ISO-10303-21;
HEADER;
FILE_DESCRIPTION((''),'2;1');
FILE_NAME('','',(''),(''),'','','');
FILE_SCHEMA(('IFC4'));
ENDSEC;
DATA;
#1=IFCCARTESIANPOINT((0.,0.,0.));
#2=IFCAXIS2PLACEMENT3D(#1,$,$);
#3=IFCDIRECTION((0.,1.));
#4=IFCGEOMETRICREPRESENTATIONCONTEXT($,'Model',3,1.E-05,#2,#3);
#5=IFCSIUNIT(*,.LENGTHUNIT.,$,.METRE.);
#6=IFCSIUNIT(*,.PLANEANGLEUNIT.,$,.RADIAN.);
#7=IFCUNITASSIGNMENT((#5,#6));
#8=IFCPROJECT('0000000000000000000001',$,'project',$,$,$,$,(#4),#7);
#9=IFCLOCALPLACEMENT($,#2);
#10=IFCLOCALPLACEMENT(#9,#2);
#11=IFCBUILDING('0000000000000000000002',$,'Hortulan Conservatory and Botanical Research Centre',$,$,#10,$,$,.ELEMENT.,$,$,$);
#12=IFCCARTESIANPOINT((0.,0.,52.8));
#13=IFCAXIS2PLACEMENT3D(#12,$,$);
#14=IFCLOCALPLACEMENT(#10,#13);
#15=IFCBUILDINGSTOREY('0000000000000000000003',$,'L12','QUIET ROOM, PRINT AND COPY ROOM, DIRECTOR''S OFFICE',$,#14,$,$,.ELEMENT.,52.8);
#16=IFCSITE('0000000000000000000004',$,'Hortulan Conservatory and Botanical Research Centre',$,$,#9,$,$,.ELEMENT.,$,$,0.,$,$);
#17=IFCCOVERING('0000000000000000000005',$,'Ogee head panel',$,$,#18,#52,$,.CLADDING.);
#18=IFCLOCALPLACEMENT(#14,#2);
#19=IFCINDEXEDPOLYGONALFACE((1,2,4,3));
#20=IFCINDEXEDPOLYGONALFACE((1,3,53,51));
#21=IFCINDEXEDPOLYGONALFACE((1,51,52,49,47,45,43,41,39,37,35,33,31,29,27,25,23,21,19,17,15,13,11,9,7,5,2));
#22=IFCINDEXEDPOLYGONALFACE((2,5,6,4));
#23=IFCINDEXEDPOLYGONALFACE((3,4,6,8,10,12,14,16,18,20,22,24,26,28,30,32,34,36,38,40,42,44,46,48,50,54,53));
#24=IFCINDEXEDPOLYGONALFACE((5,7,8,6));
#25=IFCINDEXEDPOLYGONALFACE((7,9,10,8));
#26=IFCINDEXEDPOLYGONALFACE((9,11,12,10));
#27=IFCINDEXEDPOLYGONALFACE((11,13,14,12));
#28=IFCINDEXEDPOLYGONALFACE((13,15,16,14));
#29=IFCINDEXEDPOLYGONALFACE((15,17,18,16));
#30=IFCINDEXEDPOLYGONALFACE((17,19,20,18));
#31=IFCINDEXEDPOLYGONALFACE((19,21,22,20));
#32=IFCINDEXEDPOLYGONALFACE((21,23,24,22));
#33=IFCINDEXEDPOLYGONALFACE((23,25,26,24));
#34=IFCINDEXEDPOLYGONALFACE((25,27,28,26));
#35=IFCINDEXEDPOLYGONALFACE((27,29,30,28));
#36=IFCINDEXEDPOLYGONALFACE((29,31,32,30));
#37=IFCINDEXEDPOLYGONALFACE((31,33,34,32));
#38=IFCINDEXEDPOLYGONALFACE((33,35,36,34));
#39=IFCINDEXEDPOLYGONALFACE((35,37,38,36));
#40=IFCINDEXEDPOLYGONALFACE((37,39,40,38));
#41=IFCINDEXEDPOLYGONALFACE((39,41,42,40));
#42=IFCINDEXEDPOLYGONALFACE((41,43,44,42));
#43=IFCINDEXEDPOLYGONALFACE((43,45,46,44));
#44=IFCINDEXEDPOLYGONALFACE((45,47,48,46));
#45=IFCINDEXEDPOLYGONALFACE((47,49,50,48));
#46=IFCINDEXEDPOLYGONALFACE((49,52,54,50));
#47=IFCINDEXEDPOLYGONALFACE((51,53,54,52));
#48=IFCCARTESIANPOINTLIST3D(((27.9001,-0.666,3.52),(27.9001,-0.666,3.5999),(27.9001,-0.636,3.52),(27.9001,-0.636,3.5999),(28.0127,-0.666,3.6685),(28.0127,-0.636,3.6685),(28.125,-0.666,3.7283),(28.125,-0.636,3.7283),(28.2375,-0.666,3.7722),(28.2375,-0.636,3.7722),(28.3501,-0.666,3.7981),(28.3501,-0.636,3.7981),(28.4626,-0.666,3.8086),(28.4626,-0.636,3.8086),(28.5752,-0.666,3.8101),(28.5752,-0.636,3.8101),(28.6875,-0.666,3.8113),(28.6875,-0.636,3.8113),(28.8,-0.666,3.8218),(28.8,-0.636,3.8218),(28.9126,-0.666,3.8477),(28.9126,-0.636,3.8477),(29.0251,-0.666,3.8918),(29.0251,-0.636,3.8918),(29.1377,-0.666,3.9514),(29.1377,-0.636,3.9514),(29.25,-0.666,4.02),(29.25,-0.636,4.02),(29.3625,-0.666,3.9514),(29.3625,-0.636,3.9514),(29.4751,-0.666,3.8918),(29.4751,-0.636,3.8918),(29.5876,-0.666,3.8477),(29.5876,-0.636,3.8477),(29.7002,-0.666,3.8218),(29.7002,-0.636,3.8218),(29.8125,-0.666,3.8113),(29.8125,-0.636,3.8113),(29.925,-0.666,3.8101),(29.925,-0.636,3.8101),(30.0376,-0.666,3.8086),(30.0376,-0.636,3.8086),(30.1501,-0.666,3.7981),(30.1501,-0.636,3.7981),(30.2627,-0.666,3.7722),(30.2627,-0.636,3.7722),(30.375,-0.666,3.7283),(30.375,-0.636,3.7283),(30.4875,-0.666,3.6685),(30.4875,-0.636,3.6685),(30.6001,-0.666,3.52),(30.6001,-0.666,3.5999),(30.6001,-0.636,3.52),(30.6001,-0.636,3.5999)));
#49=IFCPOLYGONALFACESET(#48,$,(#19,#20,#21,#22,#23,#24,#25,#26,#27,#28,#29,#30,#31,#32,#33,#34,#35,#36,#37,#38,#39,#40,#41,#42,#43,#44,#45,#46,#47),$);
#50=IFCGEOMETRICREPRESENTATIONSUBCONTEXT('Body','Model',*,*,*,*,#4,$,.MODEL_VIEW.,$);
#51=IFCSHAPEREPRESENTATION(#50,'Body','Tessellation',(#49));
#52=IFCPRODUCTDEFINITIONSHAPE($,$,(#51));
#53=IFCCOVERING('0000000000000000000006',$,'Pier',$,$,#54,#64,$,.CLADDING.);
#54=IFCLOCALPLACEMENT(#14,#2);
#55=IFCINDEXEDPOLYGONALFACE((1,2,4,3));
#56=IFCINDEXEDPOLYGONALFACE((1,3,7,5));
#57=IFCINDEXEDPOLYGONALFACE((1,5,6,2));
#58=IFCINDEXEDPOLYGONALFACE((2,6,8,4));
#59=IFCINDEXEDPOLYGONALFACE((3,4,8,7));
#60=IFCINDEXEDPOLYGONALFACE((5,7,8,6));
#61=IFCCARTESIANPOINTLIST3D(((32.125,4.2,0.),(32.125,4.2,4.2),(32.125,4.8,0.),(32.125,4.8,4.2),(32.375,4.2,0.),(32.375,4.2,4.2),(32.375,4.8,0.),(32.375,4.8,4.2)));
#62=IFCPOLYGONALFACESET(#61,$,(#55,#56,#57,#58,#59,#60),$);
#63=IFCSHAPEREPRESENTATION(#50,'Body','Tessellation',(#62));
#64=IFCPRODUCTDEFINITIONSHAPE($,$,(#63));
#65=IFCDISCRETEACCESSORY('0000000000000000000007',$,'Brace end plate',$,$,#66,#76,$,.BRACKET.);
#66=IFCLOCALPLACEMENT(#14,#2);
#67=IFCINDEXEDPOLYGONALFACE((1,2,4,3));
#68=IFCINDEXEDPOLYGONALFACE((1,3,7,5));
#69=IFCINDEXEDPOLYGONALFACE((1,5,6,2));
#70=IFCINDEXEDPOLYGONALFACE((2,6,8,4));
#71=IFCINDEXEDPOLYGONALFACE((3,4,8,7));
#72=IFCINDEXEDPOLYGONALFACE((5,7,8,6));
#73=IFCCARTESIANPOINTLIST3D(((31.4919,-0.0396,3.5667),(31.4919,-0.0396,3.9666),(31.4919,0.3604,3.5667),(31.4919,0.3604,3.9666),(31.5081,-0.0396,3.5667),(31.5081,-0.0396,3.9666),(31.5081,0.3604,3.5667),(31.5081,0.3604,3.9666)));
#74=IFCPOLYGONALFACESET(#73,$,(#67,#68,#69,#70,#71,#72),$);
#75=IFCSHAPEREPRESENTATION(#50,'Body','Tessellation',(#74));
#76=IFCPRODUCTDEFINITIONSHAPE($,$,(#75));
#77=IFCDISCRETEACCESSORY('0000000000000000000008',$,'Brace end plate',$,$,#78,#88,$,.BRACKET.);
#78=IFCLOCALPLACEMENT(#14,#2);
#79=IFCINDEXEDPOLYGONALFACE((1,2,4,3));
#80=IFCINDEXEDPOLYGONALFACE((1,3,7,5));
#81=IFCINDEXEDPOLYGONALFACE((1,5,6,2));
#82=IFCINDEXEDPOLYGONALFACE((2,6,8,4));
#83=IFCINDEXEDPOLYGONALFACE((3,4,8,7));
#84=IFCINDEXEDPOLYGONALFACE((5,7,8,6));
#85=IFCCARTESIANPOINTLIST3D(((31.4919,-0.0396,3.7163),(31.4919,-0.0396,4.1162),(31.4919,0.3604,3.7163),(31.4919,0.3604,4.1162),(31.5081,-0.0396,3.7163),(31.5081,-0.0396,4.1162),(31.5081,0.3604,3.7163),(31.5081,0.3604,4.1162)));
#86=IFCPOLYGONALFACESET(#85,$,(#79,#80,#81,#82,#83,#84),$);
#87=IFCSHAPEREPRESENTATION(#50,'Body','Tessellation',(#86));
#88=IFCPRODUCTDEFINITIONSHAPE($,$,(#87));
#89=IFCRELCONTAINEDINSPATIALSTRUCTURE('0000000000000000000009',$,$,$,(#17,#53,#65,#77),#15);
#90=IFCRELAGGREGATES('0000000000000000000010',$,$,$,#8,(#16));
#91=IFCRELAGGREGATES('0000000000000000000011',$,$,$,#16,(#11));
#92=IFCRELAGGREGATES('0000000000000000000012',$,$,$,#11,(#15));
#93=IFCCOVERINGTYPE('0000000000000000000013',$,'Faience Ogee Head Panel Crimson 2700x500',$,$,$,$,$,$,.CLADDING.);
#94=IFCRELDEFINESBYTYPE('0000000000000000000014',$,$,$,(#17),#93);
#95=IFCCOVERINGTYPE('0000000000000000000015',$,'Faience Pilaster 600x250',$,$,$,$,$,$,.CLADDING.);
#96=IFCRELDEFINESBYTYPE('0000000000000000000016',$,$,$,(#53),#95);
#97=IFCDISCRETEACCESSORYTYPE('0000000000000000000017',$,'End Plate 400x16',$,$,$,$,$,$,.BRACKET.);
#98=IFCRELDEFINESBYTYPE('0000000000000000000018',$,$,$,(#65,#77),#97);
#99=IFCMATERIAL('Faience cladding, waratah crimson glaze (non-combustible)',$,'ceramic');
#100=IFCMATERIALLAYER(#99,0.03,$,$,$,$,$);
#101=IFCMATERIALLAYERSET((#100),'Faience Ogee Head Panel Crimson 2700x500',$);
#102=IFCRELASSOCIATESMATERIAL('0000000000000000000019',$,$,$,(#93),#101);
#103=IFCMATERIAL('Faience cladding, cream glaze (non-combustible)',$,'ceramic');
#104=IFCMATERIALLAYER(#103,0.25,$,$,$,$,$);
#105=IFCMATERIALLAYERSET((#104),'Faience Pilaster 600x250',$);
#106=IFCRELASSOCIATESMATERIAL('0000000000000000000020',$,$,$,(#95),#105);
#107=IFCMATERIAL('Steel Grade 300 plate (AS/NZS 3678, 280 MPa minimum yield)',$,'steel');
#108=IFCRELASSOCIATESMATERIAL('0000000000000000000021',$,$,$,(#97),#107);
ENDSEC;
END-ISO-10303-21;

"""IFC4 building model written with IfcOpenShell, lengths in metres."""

from ifc_helpers import new_model, si_unit, direction, frame, origin, origin_2d, place, context, subcontext, project, spatial, polyline, rectangle, outline, extrude, material, layer, layer_set, type_object, element, save


model = new_model("IFC4")

# Units and contexts
model_context = context("Model", 3, precision=1e-05, world=origin(), true_north=direction((0.0, 1.0)))
body_context = subcontext(model_context, "Body", "Model", "MODEL_VIEW")
ifc_project = project(units=[si_unit("LENGTHUNIT", "METRE"), si_unit("PLANEANGLEUNIT", "RADIAN")], contexts=[model_context])

# Site, building, storey
site_placement = place(None, origin())
site = spatial("IfcSite", under=ifc_project, at=site_placement, Name="Hortulan Conservatory and Botanical Research Centre", CompositionType="ELEMENT", RefElevation=0.0)
building_placement = place(site_placement, origin())
building = spatial("IfcBuilding", under=site, at=building_placement, Name="Hortulan Conservatory and Botanical Research Centre", CompositionType="ELEMENT")
storey_placement = place(building_placement, frame((0.0, 0.0, 52.8)))
storey = spatial("IfcBuildingStorey", under=building, at=storey_placement, Name="L12", Description="QUIET ROOM, PRINT AND COPY ROOM, DIRECTOR'S OFFICE", CompositionType="ELEMENT", Elevation=52.8)

# Coverings
ifc_material_1 = material(Name="Faience cladding, waratah crimson glaze (non-combustible)", Category="ceramic")
ifc_layer_1 = layer(ifc_material_1, 0.03)
ifc_layer_set_1 = layer_set([ifc_layer_1], Name="Faience Ogee Head Panel Crimson 2700x500")
covering_type_1 = type_object("IfcCoveringType", Name="Faience Ogee Head Panel Crimson 2700x500", PredefinedType="CLADDING", material=ifc_layer_set_1)
covering_1_placement = place(storey_placement, frame((30.6001, -0.6509, 3.52), z_axis=(0.0, 0.0, 1.0), x_axis=(-1.0, 0.0, 0.0)))
element("IfcCovering", 1, at=covering_1_placement, inside=storey, type_object=covering_type_1, Name="Ogee head panel", PredefinedType="CLADDING", context=body_context, shape_type="SweptSolid", body=[
    extrude(outline(polyline([(0.0, 0.0), (2.7, 0.0), (2.7, 0.0798), (2.5874, 0.1484), (2.4751, 0.2083), (2.3625, 0.2522), (2.25, 0.2781), (2.1375, 0.2886), (2.0249, 0.29), (1.9126, 0.2913), (1.8, 0.3018), (1.6875, 0.3276), (1.575, 0.3718), (1.4624, 0.4314), (1.3501, 0.5), (1.2375, 0.4314), (1.125, 0.3718), (1.0125, 0.3276), (0.8999, 0.3018), (0.7876, 0.2913), (0.675, 0.29), (0.5625, 0.2886), (0.45, 0.2781), (0.3374, 0.2522), (0.2251, 0.2083), (0.1125, 0.1484), (0.0, 0.0798), (0.0, 0.0)])), frame((0.0, 0.0151, 0.0), z_axis=(0.0, -1.0, 0.0), x_axis=(1.0, 0.0, 0.0)), (0.0, 0.0, 1.0), 0.03),
])
ifc_material_2 = material(Name="Faience cladding, cream glaze (non-combustible)", Category="ceramic")
ifc_layer_2 = layer(ifc_material_2, 0.25)
ifc_layer_set_2 = layer_set([ifc_layer_2], Name="Faience Pilaster 600x250")
covering_type_2 = type_object("IfcCoveringType", Name="Faience Pilaster 600x250", PredefinedType="CLADDING", material=ifc_layer_set_2)
covering_2_placement = place(storey_placement, frame((32.25, 4.5, 0.0), z_axis=(0.0, 0.0, 1.0), x_axis=(0.0, 1.0, 0.0)))
element("IfcCovering", 2, at=covering_2_placement, inside=storey, type_object=covering_type_2, Name="Pier", PredefinedType="CLADDING", context=body_context, shape_type="SweptSolid", body=[
    extrude(rectangle(XDim=0.6001, YDim=0.25, at=origin_2d()), origin(), (0.0, 0.0, 1.0), 4.2),
])

# Discrete accessories
ifc_material_3 = material(Name="Steel Grade 300 plate (AS/NZS 3678, 280 MPa minimum yield)", Category="steel")
discrete_accessory_type = type_object("IfcDiscreteAccessoryType", Name="End Plate 400x16", PredefinedType="BRACKET", material=ifc_material_3)
for number, where, z_axis, x_axis, name in (
    (3, (31.5, 0.1604, 3.5667), (0.0, 0.0, 1.0), (0.0, -1.0, 0.0), "Brace end plate"),
    (4, (31.5, 0.1604, 3.7163), (0.0, 0.0, 1.0), (0.0, -1.0, 0.0), "Brace end plate"),
):
    element("IfcDiscreteAccessory", number, at=place(storey_placement, frame(where, z_axis=z_axis, x_axis=x_axis)), inside=storey, type_object=discrete_accessory_type, Name=name, PredefinedType="BRACKET", context=body_context, shape_type="SweptSolid", body=[
        extrude(rectangle(XDim=0.3999, YDim=0.0161, at=origin_2d()), origin(), (0.0, 0.0, 1.0), 0.3999),
    ])

save(model, "model.ifc")
